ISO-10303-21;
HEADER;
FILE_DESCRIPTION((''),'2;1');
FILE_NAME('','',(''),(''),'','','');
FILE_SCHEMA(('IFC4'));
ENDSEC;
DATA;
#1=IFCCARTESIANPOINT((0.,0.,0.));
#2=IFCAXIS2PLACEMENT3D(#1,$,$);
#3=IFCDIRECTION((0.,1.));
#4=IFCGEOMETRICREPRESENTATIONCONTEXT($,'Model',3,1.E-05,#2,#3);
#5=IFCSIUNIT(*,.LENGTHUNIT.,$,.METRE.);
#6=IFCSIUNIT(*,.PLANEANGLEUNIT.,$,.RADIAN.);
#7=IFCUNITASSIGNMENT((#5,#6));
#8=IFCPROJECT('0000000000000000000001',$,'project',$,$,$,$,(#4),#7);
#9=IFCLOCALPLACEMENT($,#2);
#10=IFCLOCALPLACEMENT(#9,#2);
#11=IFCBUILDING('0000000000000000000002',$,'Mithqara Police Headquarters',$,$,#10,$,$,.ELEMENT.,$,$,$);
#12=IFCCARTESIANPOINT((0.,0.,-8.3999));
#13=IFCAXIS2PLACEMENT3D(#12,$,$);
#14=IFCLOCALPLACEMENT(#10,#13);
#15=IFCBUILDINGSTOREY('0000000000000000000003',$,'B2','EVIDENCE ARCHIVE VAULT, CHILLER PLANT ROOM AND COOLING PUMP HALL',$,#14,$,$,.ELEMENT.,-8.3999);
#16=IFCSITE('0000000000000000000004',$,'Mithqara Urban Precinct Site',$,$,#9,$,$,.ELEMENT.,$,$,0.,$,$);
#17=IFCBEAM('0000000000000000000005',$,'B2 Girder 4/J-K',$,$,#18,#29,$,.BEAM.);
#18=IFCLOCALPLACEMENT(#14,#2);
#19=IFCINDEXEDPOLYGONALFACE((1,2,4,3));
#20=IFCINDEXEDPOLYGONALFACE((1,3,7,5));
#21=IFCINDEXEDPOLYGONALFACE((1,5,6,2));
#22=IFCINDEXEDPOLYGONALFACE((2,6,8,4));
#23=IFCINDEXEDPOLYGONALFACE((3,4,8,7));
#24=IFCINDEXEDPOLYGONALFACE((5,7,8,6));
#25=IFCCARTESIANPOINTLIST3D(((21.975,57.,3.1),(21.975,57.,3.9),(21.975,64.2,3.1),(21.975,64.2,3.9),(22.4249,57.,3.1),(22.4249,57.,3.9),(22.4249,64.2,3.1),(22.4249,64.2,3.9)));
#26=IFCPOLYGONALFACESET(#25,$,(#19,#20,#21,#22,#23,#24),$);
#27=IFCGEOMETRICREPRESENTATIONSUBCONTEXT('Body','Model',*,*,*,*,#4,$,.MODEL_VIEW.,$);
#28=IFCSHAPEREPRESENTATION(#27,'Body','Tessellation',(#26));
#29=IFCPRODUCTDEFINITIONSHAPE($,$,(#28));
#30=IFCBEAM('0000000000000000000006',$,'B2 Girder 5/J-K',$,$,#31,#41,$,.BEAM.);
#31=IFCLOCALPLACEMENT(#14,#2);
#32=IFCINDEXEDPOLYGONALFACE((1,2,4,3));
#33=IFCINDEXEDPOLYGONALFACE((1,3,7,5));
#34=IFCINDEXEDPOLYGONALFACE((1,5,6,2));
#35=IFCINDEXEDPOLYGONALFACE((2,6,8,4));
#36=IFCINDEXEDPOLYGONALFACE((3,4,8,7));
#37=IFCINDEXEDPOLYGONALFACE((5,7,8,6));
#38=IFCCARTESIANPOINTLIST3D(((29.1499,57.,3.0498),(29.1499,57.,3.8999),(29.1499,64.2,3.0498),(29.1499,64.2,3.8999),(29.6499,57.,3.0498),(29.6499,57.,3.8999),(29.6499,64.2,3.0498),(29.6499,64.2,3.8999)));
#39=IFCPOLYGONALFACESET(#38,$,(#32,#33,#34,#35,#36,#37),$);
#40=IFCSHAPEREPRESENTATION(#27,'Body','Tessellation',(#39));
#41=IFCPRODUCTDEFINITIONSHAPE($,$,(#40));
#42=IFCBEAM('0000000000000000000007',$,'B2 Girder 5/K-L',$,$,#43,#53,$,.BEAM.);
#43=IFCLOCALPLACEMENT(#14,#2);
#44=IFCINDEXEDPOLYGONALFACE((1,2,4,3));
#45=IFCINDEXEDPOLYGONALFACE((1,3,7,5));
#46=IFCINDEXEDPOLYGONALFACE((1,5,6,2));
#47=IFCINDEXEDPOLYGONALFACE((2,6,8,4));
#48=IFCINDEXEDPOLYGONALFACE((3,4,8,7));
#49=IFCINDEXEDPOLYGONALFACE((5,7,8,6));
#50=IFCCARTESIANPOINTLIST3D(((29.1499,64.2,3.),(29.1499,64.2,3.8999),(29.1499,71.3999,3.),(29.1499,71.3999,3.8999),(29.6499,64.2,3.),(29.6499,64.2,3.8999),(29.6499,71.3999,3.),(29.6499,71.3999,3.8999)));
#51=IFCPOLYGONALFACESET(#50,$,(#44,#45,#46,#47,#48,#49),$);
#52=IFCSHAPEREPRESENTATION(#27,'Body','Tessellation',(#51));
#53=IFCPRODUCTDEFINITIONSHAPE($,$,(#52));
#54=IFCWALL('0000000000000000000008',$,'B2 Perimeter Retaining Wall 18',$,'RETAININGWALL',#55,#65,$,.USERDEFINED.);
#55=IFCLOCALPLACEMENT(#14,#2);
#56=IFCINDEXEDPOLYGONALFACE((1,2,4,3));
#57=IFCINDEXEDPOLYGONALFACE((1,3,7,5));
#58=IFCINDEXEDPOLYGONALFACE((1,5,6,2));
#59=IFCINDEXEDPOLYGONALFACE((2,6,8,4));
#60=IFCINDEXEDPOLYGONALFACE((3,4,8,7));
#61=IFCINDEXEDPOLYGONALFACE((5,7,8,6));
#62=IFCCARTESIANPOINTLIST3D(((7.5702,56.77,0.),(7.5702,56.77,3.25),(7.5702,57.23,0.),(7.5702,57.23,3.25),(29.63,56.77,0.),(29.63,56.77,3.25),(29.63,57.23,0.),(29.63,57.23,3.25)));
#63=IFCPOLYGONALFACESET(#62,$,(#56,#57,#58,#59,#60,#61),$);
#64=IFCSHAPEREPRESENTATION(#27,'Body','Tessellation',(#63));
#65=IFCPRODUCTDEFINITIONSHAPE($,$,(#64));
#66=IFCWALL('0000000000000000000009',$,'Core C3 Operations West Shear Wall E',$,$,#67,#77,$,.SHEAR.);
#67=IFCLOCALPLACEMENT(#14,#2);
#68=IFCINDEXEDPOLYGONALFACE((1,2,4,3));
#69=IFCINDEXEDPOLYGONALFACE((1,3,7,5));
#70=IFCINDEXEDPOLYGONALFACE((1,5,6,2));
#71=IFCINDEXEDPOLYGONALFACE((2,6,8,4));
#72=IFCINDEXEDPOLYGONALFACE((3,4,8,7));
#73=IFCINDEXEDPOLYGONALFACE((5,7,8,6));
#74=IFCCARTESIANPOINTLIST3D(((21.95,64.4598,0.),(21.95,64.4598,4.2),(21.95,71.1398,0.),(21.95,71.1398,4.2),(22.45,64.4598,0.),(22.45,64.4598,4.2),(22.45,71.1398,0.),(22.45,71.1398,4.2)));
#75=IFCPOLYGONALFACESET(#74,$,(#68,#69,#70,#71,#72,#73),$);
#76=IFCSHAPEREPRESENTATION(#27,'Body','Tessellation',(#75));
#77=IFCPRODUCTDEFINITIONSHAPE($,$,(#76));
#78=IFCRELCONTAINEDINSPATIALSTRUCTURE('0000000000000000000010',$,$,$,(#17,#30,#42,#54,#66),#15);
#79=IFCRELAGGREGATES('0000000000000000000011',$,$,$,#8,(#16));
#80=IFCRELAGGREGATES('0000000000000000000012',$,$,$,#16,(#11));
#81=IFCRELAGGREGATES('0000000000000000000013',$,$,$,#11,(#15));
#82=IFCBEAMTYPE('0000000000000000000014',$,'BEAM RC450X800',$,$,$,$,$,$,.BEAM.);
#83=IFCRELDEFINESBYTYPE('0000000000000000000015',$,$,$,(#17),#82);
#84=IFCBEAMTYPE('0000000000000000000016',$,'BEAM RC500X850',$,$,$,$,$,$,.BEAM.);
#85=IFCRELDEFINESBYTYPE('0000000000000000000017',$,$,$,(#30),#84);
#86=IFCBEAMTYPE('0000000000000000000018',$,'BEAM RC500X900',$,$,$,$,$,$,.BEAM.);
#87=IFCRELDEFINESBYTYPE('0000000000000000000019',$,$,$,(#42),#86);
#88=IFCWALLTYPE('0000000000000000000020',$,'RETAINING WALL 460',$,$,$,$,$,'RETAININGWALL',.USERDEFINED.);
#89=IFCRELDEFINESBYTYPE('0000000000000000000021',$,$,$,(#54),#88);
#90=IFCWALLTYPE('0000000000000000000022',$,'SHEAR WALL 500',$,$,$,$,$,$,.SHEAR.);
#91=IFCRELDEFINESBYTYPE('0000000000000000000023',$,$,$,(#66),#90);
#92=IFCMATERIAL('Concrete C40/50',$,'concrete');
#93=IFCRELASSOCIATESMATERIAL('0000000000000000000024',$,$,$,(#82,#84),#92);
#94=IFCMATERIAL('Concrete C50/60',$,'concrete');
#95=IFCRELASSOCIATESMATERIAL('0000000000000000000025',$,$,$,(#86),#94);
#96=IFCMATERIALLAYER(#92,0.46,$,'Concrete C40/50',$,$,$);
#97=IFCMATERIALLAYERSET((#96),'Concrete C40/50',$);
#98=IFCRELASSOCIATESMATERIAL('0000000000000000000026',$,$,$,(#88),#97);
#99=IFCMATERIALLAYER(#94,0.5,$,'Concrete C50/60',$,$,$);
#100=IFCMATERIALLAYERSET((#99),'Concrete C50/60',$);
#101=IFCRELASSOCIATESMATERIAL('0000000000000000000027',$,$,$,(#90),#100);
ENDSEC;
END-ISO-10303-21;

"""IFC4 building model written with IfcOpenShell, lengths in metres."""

from ifc_helpers import new_model, si_unit, direction, frame, frame_2d, origin, origin_2d, place, context, subcontext, project, spatial, rectangle, extrude, material, layer, layer_set, material_profile, profile_set, type_object, element, save


model = new_model("IFC4")

# Units and contexts
model_context = context("Model", 3, precision=1e-05, world=origin(), true_north=direction((0.0, 1.0)))
body_context = subcontext(model_context, "Body", "Model", "MODEL_VIEW")
ifc_project = project(units=[si_unit("LENGTHUNIT", "METRE"), si_unit("PLANEANGLEUNIT", "RADIAN")], contexts=[model_context])

# Site, building, storey
site_placement = place(None, origin())
site = spatial("IfcSite", under=ifc_project, at=site_placement, Name="Mithqara Urban Precinct Site", CompositionType="ELEMENT", RefElevation=0.0)
building_placement = place(site_placement, origin())
building = spatial("IfcBuilding", under=site, at=building_placement, Name="Mithqara Police Headquarters", CompositionType="ELEMENT")
storey_placement = place(building_placement, frame((0.0, 0.0, -8.3999)))
storey = spatial("IfcBuildingStorey", under=building, at=storey_placement, Name="B2", Description="EVIDENCE ARCHIVE VAULT, CHILLER PLANT ROOM AND COOLING PUMP HALL", CompositionType="ELEMENT", Elevation=-8.3999)

# Shared definitions
ifc_material_1 = material(Name="Concrete C40/50", Category="concrete")

# Shared definitions
ifc_material_2 = material(Name="Concrete C50/60", Category="concrete")

# Beams
ifc_material_profile_1 = material_profile(ifc_material_1, rectangle(XDim=0.45, YDim=0.8, at=origin_2d()), Name="RC 450x800")
ifc_profile_set_1 = profile_set([ifc_material_profile_1], Name="Concrete C40/50")
beam_type_1 = type_object("IfcBeamType", Name="BEAM RC450X800", PredefinedType="BEAM", material=ifc_profile_set_1)
beam_1_placement = place(storey_placement, frame((22.2, 57.0, 3.5), z_axis=(0.0, 1.0, 0.0), x_axis=(-1.0, 0.0, 0.0)))
element("IfcBeam", 1, at=beam_1_placement, inside=storey, type_object=beam_type_1, Name="B2 Girder 4/J-K", PredefinedType="BEAM", context=body_context, shape_type="SweptSolid", body=[
    extrude(rectangle(XDim=0.45, YDim=0.8, at=origin_2d()), origin(), (0.0, 0.0, 1.0), 7.2),
])
ifc_material_profile_2 = material_profile(ifc_material_1, rectangle(XDim=0.5, YDim=0.8501, at=origin_2d()), Name="RC 500x850")
ifc_profile_set_2 = profile_set([ifc_material_profile_2], Name="Concrete C40/50")
beam_type_2 = type_object("IfcBeamType", Name="BEAM RC500X850", PredefinedType="BEAM", material=ifc_profile_set_2)
beam_2_placement = place(storey_placement, frame((29.3999, 57.0, 3.4749), z_axis=(0.0, 1.0, 0.0), x_axis=(-1.0, 0.0, 0.0)))
element("IfcBeam", 2, at=beam_2_placement, inside=storey, type_object=beam_type_2, Name="B2 Girder 5/J-K", PredefinedType="BEAM", context=body_context, shape_type="SweptSolid", body=[
    extrude(rectangle(XDim=0.5, YDim=0.8501, at=origin_2d()), origin(), (0.0, 0.0, 1.0), 7.2),
])
ifc_material_profile_3 = material_profile(ifc_material_2, rectangle(XDim=0.5, YDim=0.8999, at=origin_2d()), Name="RC 500x900")
ifc_profile_set_3 = profile_set([ifc_material_profile_3], Name="Concrete C50/60")
beam_type_3 = type_object("IfcBeamType", Name="BEAM RC500X900", PredefinedType="BEAM", material=ifc_profile_set_3)
beam_3_placement = place(storey_placement, frame((29.3999, 64.2, 3.45), z_axis=(0.0, 1.0, 0.0), x_axis=(-1.0, 0.0, 0.0)))
element("IfcBeam", 3, at=beam_3_placement, inside=storey, type_object=beam_type_3, Name="B2 Girder 5/K-L", PredefinedType="BEAM", context=body_context, shape_type="SweptSolid", body=[
    extrude(rectangle(XDim=0.5, YDim=0.8999, at=origin_2d()), origin(), (0.0, 0.0, 1.0), 7.2),
])

# Walls
ifc_layer_1 = layer(ifc_material_1, 0.46, Name="Concrete C40/50")
ifc_layer_set_1 = layer_set([ifc_layer_1], Name="Concrete C40/50")
wall_type_1 = type_object("IfcWallType", Name="RETAINING WALL 460", ElementType="RETAININGWALL", PredefinedType="USERDEFINED", material=ifc_layer_set_1)
wall_1_placement = place(storey_placement, frame((29.6299, 57.0, 0.0), z_axis=(0.0, 0.0, 1.0), x_axis=(-1.0, 0.0, 0.0)))
element("IfcWall", 4, at=wall_1_placement, inside=storey, type_object=wall_type_1, Name="B2 Perimeter Retaining Wall 18", ObjectType="RETAININGWALL", PredefinedType="USERDEFINED", context=body_context, shape_type="SweptSolid", body=[
    extrude(rectangle(XDim=22.0598, YDim=0.46, at=frame_2d((11.0298, 0.0))), origin(), (0.0, 0.0, 1.0), 3.25),
])
ifc_layer_2 = layer(ifc_material_2, 0.5, Name="Concrete C50/60")
ifc_layer_set_2 = layer_set([ifc_layer_2], Name="Concrete C50/60")
wall_type_2 = type_object("IfcWallType", Name="SHEAR WALL 500", PredefinedType="SHEAR", material=ifc_layer_set_2)
wall_2_placement = place(storey_placement, frame((22.2, 64.46, 0.0), z_axis=(0.0, 0.0, 1.0), x_axis=(0.0, 1.0, 0.0)))
element("IfcWall", 5, at=wall_2_placement, inside=storey, type_object=wall_type_2, Name="Core C3 Operations West Shear Wall E", PredefinedType="SHEAR", context=body_context, shape_type="SweptSolid", body=[
    extrude(rectangle(XDim=6.6799, YDim=0.5, at=frame_2d((3.3398, 0.0))), origin(), (0.0, 0.0, 1.0), 4.2),
])

save(model, "model.ifc")
